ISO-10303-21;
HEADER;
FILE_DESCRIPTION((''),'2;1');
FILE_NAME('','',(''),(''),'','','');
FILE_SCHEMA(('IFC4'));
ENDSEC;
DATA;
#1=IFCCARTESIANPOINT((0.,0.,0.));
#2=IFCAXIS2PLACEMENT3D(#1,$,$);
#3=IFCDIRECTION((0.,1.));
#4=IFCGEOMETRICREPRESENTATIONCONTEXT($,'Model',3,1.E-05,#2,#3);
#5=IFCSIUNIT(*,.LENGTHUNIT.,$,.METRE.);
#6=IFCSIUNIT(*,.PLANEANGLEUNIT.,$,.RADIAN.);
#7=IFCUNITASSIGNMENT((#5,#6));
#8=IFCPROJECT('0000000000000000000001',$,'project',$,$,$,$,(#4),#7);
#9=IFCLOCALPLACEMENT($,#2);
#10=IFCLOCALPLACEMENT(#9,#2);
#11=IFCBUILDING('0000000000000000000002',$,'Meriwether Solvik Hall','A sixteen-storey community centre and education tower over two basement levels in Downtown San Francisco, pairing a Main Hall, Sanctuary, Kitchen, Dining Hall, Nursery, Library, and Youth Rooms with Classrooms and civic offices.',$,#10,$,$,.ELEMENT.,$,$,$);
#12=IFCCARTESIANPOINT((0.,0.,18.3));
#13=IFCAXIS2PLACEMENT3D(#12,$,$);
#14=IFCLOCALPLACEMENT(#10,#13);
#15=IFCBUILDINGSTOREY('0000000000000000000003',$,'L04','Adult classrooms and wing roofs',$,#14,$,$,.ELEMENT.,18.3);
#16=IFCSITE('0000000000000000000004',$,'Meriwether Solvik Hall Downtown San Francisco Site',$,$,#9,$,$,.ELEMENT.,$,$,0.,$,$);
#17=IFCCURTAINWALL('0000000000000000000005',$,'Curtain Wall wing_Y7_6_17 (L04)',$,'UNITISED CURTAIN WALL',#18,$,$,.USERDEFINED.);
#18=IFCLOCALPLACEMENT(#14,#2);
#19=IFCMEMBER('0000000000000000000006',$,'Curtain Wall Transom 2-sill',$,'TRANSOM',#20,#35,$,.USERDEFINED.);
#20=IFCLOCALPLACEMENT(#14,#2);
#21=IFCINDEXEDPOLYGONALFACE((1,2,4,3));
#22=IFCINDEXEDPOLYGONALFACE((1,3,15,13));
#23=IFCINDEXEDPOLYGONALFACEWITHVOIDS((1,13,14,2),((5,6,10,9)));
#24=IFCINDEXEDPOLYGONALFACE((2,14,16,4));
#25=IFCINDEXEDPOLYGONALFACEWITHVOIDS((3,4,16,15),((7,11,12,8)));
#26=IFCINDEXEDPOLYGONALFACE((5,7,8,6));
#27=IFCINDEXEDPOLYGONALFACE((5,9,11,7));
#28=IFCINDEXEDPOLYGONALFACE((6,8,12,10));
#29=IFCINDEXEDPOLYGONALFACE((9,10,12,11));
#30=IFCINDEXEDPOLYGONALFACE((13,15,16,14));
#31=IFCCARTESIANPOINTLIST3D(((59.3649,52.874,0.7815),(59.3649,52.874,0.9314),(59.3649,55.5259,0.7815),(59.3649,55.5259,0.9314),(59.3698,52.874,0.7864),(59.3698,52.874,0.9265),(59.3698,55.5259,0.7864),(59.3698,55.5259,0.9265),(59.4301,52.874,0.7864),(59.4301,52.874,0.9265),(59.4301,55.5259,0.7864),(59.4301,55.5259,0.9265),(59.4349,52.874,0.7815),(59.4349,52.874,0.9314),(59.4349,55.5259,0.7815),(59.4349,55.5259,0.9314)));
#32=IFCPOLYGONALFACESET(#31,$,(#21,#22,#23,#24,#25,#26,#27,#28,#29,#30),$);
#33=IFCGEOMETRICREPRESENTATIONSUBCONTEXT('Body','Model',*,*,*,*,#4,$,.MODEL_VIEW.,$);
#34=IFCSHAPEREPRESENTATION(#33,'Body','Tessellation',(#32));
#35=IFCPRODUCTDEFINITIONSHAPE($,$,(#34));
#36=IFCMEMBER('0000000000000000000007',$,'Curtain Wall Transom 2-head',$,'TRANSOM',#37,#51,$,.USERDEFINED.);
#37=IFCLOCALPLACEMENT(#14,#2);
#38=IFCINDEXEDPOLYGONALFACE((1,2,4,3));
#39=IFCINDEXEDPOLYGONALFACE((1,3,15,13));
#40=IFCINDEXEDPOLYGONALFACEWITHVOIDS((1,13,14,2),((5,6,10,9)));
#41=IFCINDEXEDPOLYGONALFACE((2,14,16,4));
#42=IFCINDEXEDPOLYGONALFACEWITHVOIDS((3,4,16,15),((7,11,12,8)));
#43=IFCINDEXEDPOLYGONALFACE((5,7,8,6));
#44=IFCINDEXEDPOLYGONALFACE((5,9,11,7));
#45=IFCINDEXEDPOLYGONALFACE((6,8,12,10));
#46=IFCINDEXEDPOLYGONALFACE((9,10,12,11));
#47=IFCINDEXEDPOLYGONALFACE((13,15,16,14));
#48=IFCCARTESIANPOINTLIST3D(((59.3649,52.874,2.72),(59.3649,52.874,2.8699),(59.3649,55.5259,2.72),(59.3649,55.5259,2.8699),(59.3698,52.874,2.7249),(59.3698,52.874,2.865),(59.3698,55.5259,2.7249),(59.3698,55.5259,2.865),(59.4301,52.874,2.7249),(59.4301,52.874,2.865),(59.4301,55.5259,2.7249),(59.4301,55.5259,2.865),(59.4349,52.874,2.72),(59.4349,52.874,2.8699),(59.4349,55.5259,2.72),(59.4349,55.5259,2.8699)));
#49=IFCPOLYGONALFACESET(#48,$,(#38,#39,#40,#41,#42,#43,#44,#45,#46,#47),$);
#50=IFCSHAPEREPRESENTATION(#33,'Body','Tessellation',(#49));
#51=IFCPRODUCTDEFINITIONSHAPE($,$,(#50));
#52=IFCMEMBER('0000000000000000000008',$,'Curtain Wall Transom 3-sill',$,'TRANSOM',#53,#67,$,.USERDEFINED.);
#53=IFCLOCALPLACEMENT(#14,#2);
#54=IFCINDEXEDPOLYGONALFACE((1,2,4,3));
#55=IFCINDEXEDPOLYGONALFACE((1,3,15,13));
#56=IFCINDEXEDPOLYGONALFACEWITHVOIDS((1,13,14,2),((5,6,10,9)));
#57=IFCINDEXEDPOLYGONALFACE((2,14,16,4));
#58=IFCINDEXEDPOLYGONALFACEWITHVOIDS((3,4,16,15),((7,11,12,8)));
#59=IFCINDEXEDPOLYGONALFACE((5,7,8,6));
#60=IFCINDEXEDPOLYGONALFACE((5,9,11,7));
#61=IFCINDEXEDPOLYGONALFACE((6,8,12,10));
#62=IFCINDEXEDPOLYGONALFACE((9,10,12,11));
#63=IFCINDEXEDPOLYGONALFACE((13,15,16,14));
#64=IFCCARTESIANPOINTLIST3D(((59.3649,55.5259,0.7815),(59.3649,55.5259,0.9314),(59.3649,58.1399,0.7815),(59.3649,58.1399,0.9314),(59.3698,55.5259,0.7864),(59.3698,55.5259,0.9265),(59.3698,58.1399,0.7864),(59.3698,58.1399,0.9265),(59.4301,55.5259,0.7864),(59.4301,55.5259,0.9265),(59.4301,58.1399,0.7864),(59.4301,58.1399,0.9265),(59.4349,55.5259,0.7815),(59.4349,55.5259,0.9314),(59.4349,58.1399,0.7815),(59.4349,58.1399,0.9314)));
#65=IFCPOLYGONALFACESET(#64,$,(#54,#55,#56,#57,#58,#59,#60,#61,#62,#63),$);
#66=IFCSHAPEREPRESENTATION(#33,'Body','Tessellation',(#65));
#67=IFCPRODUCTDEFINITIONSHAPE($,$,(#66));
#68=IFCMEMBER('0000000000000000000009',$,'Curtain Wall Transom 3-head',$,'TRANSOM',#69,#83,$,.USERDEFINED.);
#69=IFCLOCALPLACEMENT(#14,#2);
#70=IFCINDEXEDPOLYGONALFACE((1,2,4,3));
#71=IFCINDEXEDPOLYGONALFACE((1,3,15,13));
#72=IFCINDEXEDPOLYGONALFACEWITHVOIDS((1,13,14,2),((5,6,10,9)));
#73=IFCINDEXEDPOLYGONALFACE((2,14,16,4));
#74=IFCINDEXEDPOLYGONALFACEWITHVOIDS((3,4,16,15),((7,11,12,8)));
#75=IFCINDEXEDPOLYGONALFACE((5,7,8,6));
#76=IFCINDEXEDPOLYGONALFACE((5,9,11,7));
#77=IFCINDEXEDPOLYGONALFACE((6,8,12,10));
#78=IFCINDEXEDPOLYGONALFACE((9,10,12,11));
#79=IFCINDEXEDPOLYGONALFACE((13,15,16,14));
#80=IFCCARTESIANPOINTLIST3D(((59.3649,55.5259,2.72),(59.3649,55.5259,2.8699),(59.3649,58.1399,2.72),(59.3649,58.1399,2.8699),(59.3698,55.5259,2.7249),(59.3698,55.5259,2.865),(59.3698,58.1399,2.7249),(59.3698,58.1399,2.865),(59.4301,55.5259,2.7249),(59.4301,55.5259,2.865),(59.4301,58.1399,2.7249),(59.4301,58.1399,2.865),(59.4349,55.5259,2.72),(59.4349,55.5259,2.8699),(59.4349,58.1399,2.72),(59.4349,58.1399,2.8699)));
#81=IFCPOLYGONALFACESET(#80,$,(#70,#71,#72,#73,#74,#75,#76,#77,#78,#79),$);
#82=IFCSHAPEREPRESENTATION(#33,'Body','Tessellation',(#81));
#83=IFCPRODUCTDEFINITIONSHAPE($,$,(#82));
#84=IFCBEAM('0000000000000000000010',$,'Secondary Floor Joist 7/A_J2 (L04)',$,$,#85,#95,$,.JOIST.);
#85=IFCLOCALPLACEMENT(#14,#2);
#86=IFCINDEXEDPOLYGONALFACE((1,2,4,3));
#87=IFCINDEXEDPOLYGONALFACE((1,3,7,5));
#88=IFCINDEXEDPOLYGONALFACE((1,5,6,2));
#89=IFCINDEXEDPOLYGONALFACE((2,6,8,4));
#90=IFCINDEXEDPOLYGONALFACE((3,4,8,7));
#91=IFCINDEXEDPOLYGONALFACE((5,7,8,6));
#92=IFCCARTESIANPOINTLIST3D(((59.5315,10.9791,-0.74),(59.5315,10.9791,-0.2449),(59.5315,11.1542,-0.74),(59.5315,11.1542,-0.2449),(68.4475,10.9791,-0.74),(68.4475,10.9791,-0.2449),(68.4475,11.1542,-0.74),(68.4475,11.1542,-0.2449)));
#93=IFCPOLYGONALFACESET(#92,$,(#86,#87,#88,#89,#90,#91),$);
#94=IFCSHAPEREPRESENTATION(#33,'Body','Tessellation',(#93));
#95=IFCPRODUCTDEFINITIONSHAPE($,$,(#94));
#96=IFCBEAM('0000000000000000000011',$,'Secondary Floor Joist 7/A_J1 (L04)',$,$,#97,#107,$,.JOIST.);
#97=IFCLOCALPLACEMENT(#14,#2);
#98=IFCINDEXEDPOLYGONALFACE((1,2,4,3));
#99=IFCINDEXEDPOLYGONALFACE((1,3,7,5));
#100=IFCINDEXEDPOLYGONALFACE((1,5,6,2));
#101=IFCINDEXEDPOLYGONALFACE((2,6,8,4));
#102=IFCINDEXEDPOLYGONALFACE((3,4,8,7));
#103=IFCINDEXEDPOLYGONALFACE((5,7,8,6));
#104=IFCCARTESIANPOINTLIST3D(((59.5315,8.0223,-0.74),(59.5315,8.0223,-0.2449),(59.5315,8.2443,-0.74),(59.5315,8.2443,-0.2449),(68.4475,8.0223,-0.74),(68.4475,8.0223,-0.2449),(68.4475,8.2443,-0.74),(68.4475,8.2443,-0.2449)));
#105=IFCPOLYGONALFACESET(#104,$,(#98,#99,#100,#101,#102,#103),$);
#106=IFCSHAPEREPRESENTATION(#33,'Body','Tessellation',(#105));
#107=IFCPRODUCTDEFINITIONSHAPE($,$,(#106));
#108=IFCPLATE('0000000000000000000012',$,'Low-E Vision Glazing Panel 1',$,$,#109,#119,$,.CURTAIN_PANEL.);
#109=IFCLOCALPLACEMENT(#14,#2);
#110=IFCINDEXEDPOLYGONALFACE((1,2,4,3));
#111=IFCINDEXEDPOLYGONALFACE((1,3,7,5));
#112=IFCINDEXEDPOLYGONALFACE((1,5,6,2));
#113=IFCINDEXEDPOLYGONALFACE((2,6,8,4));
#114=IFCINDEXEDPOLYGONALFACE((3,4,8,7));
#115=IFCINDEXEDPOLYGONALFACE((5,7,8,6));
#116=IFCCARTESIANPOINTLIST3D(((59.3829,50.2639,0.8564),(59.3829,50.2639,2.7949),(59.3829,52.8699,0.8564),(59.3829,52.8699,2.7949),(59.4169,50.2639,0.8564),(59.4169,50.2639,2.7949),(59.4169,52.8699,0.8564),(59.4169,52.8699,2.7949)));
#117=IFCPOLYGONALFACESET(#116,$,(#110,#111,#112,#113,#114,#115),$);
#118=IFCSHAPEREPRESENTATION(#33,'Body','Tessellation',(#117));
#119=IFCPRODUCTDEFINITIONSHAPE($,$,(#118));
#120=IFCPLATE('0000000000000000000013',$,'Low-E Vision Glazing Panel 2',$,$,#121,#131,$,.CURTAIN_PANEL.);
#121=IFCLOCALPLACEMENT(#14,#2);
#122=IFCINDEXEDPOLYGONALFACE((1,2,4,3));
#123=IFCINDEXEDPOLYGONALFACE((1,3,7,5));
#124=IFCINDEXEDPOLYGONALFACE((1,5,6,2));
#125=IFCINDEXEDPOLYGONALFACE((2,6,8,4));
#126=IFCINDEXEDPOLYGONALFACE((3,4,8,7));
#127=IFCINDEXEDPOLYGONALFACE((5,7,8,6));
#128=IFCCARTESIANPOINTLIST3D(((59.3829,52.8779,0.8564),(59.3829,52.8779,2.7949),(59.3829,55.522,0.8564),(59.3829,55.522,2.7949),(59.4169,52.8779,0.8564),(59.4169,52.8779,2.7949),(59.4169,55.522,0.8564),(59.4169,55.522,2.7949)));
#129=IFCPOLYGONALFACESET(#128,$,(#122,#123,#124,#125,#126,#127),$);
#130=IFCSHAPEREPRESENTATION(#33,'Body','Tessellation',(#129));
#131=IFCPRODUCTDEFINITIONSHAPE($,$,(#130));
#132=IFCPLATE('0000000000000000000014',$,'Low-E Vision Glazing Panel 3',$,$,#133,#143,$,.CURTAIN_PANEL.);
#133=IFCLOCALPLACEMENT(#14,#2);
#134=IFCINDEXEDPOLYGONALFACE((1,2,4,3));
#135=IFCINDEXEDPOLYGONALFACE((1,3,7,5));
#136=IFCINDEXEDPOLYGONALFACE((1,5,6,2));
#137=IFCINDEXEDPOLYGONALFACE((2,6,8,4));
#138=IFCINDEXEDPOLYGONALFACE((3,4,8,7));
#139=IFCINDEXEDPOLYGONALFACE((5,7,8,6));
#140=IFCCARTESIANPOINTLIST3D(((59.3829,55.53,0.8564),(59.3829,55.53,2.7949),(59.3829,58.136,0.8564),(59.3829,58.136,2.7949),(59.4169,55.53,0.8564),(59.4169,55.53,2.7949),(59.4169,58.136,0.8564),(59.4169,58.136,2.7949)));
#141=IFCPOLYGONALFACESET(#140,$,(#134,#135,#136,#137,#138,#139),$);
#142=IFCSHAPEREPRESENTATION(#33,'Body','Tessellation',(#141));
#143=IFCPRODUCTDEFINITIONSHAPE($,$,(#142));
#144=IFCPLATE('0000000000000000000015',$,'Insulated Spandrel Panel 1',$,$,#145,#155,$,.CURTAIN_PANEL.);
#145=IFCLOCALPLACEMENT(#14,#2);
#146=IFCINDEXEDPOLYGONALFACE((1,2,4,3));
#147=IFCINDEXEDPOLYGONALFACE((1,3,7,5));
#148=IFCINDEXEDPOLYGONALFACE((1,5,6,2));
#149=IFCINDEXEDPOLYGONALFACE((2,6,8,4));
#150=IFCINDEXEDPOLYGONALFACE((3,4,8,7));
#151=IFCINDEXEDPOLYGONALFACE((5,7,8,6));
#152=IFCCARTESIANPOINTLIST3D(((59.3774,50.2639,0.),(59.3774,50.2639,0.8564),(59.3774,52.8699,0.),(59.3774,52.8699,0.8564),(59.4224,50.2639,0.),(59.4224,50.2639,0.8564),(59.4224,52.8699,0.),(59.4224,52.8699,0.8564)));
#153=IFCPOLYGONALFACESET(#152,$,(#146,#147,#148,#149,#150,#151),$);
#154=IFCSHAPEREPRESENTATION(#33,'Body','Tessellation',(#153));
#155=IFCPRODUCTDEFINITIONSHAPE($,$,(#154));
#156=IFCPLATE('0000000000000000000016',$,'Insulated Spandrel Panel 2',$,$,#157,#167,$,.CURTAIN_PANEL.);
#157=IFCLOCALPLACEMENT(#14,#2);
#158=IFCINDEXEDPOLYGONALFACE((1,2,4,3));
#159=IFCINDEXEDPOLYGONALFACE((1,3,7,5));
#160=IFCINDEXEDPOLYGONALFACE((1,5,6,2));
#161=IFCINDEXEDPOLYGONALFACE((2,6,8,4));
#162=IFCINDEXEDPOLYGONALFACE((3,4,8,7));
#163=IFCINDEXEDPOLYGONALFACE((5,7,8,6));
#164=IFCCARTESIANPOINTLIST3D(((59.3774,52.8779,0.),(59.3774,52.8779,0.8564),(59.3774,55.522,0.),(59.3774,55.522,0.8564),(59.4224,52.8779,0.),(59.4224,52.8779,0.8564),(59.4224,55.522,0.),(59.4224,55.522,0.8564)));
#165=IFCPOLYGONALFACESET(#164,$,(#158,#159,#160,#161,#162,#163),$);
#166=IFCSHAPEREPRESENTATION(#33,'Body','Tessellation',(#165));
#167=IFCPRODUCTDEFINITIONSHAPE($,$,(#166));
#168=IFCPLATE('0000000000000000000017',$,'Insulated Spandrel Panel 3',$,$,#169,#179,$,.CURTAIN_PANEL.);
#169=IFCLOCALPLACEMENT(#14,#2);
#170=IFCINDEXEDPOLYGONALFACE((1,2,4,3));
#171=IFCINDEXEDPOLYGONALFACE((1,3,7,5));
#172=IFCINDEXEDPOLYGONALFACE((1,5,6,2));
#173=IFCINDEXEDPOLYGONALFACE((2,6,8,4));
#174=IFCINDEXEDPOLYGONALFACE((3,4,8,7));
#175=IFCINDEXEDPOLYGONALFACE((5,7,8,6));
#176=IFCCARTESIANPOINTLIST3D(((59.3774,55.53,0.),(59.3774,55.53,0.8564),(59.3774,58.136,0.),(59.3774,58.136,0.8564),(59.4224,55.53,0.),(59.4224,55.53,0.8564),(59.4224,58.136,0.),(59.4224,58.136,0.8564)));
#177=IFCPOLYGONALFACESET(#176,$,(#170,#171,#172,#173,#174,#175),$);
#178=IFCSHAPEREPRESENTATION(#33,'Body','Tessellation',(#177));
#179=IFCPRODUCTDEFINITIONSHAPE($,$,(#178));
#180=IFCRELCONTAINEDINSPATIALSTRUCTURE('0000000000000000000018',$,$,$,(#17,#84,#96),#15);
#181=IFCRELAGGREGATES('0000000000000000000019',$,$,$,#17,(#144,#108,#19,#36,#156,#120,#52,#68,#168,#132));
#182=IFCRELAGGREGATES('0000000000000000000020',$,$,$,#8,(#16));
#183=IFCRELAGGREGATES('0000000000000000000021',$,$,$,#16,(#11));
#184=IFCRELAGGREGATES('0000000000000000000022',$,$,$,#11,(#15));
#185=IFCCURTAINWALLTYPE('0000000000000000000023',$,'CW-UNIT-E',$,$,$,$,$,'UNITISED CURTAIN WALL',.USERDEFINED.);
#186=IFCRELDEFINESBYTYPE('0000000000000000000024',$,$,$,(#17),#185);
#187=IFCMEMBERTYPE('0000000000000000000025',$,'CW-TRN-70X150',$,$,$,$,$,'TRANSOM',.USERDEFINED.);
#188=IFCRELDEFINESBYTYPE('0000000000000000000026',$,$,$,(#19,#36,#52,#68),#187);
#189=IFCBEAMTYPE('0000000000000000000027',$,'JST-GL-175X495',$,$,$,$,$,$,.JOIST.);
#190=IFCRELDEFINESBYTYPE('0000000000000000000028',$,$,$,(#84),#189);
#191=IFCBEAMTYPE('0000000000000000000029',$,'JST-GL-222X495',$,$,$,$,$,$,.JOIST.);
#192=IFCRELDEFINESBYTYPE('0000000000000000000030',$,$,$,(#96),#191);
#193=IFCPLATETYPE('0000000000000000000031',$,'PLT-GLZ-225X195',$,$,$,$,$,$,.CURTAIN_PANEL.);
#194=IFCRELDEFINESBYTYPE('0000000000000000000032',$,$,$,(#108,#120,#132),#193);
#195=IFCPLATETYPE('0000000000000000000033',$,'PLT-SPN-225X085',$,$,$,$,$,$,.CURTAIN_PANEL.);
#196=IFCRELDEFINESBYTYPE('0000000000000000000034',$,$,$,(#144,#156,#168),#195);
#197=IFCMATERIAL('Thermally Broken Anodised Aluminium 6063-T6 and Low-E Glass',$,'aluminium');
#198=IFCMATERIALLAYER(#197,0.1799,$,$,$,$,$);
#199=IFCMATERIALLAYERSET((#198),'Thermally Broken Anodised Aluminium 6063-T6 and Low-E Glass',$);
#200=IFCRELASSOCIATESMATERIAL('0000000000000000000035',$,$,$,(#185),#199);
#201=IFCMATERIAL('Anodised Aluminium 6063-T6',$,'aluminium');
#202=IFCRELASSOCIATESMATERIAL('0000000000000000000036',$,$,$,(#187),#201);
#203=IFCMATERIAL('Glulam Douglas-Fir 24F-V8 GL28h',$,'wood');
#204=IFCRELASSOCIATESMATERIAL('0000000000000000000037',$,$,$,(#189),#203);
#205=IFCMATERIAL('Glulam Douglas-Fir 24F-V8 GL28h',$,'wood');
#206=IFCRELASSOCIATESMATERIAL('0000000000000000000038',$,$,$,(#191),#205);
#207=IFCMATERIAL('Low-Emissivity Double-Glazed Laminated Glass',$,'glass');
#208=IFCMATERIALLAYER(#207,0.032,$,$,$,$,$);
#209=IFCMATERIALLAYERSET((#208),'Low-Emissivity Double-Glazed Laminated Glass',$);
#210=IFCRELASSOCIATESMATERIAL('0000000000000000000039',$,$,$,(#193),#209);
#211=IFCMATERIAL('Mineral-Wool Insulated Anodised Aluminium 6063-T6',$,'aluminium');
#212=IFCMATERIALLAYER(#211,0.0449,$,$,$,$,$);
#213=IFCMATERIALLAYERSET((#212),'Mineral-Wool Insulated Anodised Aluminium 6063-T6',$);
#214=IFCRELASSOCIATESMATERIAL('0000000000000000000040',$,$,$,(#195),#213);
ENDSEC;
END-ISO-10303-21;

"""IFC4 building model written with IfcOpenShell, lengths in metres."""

from ifc_helpers import new_model, si_unit, direction, frame, origin, origin_2d, place, context, subcontext, project, spatial, rectangle, hollow_rectangle, extrude, material, layer, layer_set, material_profile, profile_set, type_object, element, aggregate, save


model = new_model("IFC4")

# Units and contexts
model_context = context("Model", 3, precision=1e-05, world=origin(), true_north=direction((0.0, 1.0)))
body_context = subcontext(model_context, "Body", "Model", "MODEL_VIEW")
ifc_project = project(units=[si_unit("LENGTHUNIT", "METRE"), si_unit("PLANEANGLEUNIT", "RADIAN")], contexts=[model_context])

# Site, building, storey
site_placement = place(None, origin())
site = spatial("IfcSite", under=ifc_project, at=site_placement, Name="Meriwether Solvik Hall Downtown San Francisco Site", CompositionType="ELEMENT", RefElevation=0.0)
building_placement = place(site_placement, origin())
building = spatial("IfcBuilding", under=site, at=building_placement, Name="Meriwether Solvik Hall", Description="A sixteen-storey community centre and education tower over two basement levels in Downtown San Francisco, pairing a Main Hall, Sanctuary, Kitchen, Dining Hall, Nursery, Library, and Youth Rooms with Classrooms and civic offices.", CompositionType="ELEMENT")
storey_placement = place(building_placement, frame((0.0, 0.0, 18.3)))
storey = spatial("IfcBuildingStorey", under=building, at=storey_placement, Name="L04", Description="Adult classrooms and wing roofs", CompositionType="ELEMENT", Elevation=18.3)

# Curtain wall, members
ifc_material_1 = material(Name="Thermally Broken Anodised Aluminium 6063-T6 and Low-E Glass", Category="aluminium")
ifc_layer_1 = layer(ifc_material_1, 0.1799)
ifc_layer_set_1 = layer_set([ifc_layer_1], Name="Thermally Broken Anodised Aluminium 6063-T6 and Low-E Glass")
curtain_wall_type = type_object("IfcCurtainWallType", Name="CW-UNIT-E", ElementType="UNITISED CURTAIN WALL", PredefinedType="USERDEFINED", material=ifc_layer_set_1)
curtain_wall_placement = place(storey_placement, origin())
curtain_wall = element("IfcCurtainWall", 1, at=curtain_wall_placement, inside=storey, type_object=curtain_wall_type, Name="Curtain Wall wing_Y7_6_17 (L04)", ObjectType="UNITISED CURTAIN WALL", PredefinedType="USERDEFINED")
ifc_material_2 = material(Name="Anodised Aluminium 6063-T6", Category="aluminium")
ifc_material_profile_1 = material_profile(ifc_material_2, hollow_rectangle(XDim=0.0701, YDim=0.1499, WallThickness=0.0049, at=origin_2d()), Name="CWT-70X150")
ifc_profile_set_1 = profile_set([ifc_material_profile_1], Name="Anodised Aluminium 6063-T6")
member_type_1 = type_object("IfcMemberType", Name="CW-TRN-70X150", ElementType="TRANSOM", PredefinedType="USERDEFINED", material=ifc_profile_set_1)
member_1_placement = place(storey_placement, frame((59.3999, 52.874, 0.8564), z_axis=(0.0, 1.0, 0.0), x_axis=(-1.0, 0.0, 0.0)))
member_1 = element("IfcMember", 2, at=member_1_placement, type_object=member_type_1, Name="Curtain Wall Transom 2-sill", ObjectType="TRANSOM", PredefinedType="USERDEFINED", context=body_context, shape_type="SweptSolid", body=[
    extrude(hollow_rectangle(XDim=0.0701, YDim=0.1499, WallThickness=0.0049, at=origin_2d()), origin(), (0.0, 0.0, 1.0), 2.6519),
])
member_2_placement = place(storey_placement, frame((59.3999, 52.874, 2.7949), z_axis=(0.0, 1.0, 0.0), x_axis=(-1.0, 0.0, 0.0)))
member_2 = element("IfcMember", 3, at=member_2_placement, type_object=member_type_1, Name="Curtain Wall Transom 2-head", ObjectType="TRANSOM", PredefinedType="USERDEFINED", context=body_context, shape_type="SweptSolid", body=[
    extrude(hollow_rectangle(XDim=0.0701, YDim=0.1499, WallThickness=0.0049, at=origin_2d()), origin(), (0.0, 0.0, 1.0), 2.6519),
])
member_3_placement = place(storey_placement, frame((59.3999, 55.5259, 0.8564), z_axis=(0.0, 1.0, 0.0), x_axis=(-1.0, 0.0, 0.0)))
member_3 = element("IfcMember", 4, at=member_3_placement, type_object=member_type_1, Name="Curtain Wall Transom 3-sill", ObjectType="TRANSOM", PredefinedType="USERDEFINED", context=body_context, shape_type="SweptSolid", body=[
    extrude(hollow_rectangle(XDim=0.0701, YDim=0.1499, WallThickness=0.0049, at=origin_2d()), origin(), (0.0, 0.0, 1.0), 2.614),
])
member_4_placement = place(storey_placement, frame((59.3999, 55.5259, 2.7949), z_axis=(0.0, 1.0, 0.0), x_axis=(-1.0, 0.0, 0.0)))
member_4 = element("IfcMember", 5, at=member_4_placement, type_object=member_type_1, Name="Curtain Wall Transom 3-head", ObjectType="TRANSOM", PredefinedType="USERDEFINED", context=body_context, shape_type="SweptSolid", body=[
    extrude(hollow_rectangle(XDim=0.0701, YDim=0.1499, WallThickness=0.0049, at=origin_2d()), origin(), (0.0, 0.0, 1.0), 2.614),
])

# Beams
ifc_material_3 = material(Name="Glulam Douglas-Fir 24F-V8 GL28h", Category="wood")
ifc_material_profile_2 = material_profile(ifc_material_3, rectangle(XDim=0.175, YDim=0.4951, at=origin_2d()), Name="GLJ-175X495")
ifc_profile_set_2 = profile_set([ifc_material_profile_2], Name="Glulam Douglas-Fir 24F-V8 GL28h")
beam_type_1 = type_object("IfcBeamType", Name="JST-GL-175X495", PredefinedType="JOIST", material=ifc_profile_set_2)
beam_1_placement = place(storey_placement, frame((59.5315, 11.0667, -0.4924), z_axis=(1.0, 0.0, 0.0), x_axis=(0.0, 1.0, 0.0)))
element("IfcBeam", 6, at=beam_1_placement, inside=storey, type_object=beam_type_1, Name="Secondary Floor Joist 7/A_J2 (L04)", PredefinedType="JOIST", context=body_context, shape_type="SweptSolid", body=[
    extrude(rectangle(XDim=0.175, YDim=0.4951, at=origin_2d()), origin(), (0.0, 0.0, 1.0), 8.916),
])
ifc_material_4 = material(Name="Glulam Douglas-Fir 24F-V8 GL28h", Category="wood")
ifc_material_profile_3 = material_profile(ifc_material_4, rectangle(XDim=0.2219, YDim=0.4951, at=origin_2d()), Name="GLJ-222X495")
ifc_profile_set_3 = profile_set([ifc_material_profile_3], Name="Glulam Douglas-Fir 24F-V8 GL28h")
beam_type_2 = type_object("IfcBeamType", Name="JST-GL-222X495", PredefinedType="JOIST", material=ifc_profile_set_3)
beam_2_placement = place(storey_placement, frame((59.5315, 8.1333, -0.4924), z_axis=(1.0, 0.0, 0.0), x_axis=(0.0, 1.0, 0.0)))
element("IfcBeam", 7, at=beam_2_placement, inside=storey, type_object=beam_type_2, Name="Secondary Floor Joist 7/A_J1 (L04)", PredefinedType="JOIST", context=body_context, shape_type="SweptSolid", body=[
    extrude(rectangle(XDim=0.2219, YDim=0.4951, at=origin_2d()), origin(), (0.0, 0.0, 1.0), 8.916),
])

# Plates
ifc_material_5 = material(Name="Low-Emissivity Double-Glazed Laminated Glass", Category="glass")
ifc_layer_2 = layer(ifc_material_5, 0.032)
ifc_layer_set_2 = layer_set([ifc_layer_2], Name="Low-Emissivity Double-Glazed Laminated Glass")
plate_type_1 = type_object("IfcPlateType", Name="PLT-GLZ-225X195", PredefinedType="CURTAIN_PANEL", material=ifc_layer_set_2)
plate_1_placement = place(storey_placement, frame((59.3999, 51.5669, 0.8564), z_axis=(0.0, 0.0, 1.0), x_axis=(0.0, 1.0, 0.0)))
plate_1 = element("IfcPlate", 8, at=plate_1_placement, type_object=plate_type_1, Name="Low-E Vision Glazing Panel 1", PredefinedType="CURTAIN_PANEL", context=body_context, shape_type="SweptSolid", body=[
    extrude(rectangle(XDim=2.606, YDim=0.0339, at=origin_2d()), origin(), (0.0, 0.0, 1.0), 1.9385),
])
plate_2_placement = place(storey_placement, frame((59.3999, 54.2, 0.8564), z_axis=(0.0, 0.0, 1.0), x_axis=(0.0, 1.0, 0.0)))
plate_2 = element("IfcPlate", 9, at=plate_2_placement, type_object=plate_type_1, Name="Low-E Vision Glazing Panel 2", PredefinedType="CURTAIN_PANEL", context=body_context, shape_type="SweptSolid", body=[
    extrude(rectangle(XDim=2.644, YDim=0.0339, at=origin_2d()), origin(), (0.0, 0.0, 1.0), 1.9385),
])
plate_3_placement = place(storey_placement, frame((59.3999, 56.833, 0.8564), z_axis=(0.0, 0.0, 1.0), x_axis=(0.0, 1.0, 0.0)))
plate_3 = element("IfcPlate", 10, at=plate_3_placement, type_object=plate_type_1, Name="Low-E Vision Glazing Panel 3", PredefinedType="CURTAIN_PANEL", context=body_context, shape_type="SweptSolid", body=[
    extrude(rectangle(XDim=2.606, YDim=0.0339, at=origin_2d()), origin(), (0.0, 0.0, 1.0), 1.9385),
])
ifc_material_6 = material(Name="Mineral-Wool Insulated Anodised Aluminium 6063-T6", Category="aluminium")
ifc_layer_3 = layer(ifc_material_6, 0.0449)
ifc_layer_set_3 = layer_set([ifc_layer_3], Name="Mineral-Wool Insulated Anodised Aluminium 6063-T6")
plate_type_2 = type_object("IfcPlateType", Name="PLT-SPN-225X085", PredefinedType="CURTAIN_PANEL", material=ifc_layer_set_3)
plate_4_placement = place(storey_placement, frame((59.3999, 51.5669, 0.0), z_axis=(0.0, 0.0, 1.0), x_axis=(0.0, 1.0, 0.0)))
plate_4 = element("IfcPlate", 11, at=plate_4_placement, type_object=plate_type_2, Name="Insulated Spandrel Panel 1", PredefinedType="CURTAIN_PANEL", context=body_context, shape_type="SweptSolid", body=[
    extrude(rectangle(XDim=2.606, YDim=0.0449, at=origin_2d()), origin(), (0.0, 0.0, 1.0), 0.8564),
])
plate_5_placement = place(storey_placement, frame((59.3999, 54.2, 0.0), z_axis=(0.0, 0.0, 1.0), x_axis=(0.0, 1.0, 0.0)))
plate_5 = element("IfcPlate", 12, at=plate_5_placement, type_object=plate_type_2, Name="Insulated Spandrel Panel 2", PredefinedType="CURTAIN_PANEL", context=body_context, shape_type="SweptSolid", body=[
    extrude(rectangle(XDim=2.644, YDim=0.0449, at=origin_2d()), origin(), (0.0, 0.0, 1.0), 0.8564),
])
plate_6_placement = place(storey_placement, frame((59.3999, 56.833, 0.0), z_axis=(0.0, 0.0, 1.0), x_axis=(0.0, 1.0, 0.0)))
plate_6 = element("IfcPlate", 13, at=plate_6_placement, type_object=plate_type_2, Name="Insulated Spandrel Panel 3", PredefinedType="CURTAIN_PANEL", context=body_context, shape_type="SweptSolid", body=[
    extrude(rectangle(XDim=2.606, YDim=0.0449, at=origin_2d()), origin(), (0.0, 0.0, 1.0), 0.8564),
])
aggregate(curtain_wall, [plate_4, plate_1, member_1, member_2, plate_5, plate_2, member_3, member_4, plate_6, plate_3])

save(model, "model.ifc")
